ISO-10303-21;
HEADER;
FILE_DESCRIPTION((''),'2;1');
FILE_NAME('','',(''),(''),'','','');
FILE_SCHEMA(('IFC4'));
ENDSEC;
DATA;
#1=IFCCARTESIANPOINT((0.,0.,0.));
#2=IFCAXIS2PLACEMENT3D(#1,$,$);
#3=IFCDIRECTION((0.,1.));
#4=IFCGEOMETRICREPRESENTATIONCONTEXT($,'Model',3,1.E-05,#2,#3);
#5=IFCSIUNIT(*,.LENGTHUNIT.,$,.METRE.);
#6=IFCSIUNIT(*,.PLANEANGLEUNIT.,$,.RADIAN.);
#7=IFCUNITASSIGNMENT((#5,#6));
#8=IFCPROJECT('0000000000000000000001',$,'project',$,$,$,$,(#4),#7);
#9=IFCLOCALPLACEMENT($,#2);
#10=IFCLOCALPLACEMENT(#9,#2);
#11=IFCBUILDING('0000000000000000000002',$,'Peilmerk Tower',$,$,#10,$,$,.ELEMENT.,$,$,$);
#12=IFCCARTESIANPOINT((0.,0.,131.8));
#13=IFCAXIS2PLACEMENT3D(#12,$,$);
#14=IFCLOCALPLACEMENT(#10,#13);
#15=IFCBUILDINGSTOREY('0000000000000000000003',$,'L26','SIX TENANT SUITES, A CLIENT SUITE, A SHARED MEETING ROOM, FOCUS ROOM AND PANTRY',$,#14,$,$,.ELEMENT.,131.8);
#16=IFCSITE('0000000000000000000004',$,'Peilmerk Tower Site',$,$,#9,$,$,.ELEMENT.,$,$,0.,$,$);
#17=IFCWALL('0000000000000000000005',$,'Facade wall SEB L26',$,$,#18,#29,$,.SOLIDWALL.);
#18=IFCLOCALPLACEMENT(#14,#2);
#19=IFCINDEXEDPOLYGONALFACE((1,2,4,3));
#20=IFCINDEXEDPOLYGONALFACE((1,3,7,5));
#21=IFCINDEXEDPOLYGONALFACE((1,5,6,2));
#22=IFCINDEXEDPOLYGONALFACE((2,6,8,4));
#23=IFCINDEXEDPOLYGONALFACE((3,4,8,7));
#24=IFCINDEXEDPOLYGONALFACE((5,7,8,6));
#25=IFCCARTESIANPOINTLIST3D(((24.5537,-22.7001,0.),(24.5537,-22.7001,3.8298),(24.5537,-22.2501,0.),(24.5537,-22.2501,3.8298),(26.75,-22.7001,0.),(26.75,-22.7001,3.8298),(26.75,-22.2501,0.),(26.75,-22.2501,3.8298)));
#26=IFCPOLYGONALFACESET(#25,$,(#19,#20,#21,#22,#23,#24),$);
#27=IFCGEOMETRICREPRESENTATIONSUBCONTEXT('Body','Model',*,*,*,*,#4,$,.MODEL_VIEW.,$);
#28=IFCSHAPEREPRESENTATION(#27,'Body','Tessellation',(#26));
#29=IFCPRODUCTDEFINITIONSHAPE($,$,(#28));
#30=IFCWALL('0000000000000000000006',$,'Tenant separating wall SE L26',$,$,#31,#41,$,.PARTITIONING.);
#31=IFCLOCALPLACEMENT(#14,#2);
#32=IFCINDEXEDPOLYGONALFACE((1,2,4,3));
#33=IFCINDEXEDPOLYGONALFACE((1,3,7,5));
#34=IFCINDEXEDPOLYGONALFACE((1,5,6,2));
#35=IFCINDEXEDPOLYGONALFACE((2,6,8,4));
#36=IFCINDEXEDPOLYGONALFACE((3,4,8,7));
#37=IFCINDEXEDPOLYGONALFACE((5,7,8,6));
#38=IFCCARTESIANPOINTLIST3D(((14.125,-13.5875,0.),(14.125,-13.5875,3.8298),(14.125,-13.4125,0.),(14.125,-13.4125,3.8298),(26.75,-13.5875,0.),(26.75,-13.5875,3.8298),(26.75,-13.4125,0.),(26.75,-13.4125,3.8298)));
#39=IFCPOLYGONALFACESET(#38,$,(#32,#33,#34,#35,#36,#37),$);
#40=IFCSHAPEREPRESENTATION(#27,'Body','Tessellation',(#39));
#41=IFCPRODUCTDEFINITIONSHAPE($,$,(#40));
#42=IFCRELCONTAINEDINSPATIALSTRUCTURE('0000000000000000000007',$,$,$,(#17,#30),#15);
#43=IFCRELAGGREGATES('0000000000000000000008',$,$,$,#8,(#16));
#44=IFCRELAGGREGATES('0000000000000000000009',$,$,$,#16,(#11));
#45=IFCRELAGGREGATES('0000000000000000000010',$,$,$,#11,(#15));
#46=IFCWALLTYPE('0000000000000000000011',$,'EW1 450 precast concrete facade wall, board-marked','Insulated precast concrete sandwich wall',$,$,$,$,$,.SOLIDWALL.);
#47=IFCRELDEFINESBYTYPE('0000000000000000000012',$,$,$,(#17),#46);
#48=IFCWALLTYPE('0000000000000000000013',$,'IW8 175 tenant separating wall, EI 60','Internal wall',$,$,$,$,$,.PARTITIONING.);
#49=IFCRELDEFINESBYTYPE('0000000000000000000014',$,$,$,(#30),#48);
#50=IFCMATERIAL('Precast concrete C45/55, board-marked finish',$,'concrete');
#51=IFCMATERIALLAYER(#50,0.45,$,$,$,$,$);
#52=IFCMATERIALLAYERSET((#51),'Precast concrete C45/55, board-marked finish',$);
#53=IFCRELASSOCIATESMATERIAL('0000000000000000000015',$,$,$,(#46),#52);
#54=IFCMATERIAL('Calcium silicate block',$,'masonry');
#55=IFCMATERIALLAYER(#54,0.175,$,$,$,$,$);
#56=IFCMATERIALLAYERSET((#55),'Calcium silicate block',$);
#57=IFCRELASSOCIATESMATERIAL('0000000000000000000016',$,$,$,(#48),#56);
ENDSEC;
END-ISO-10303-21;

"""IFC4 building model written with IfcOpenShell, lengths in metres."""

from ifc_helpers import new_model, si_unit, direction, frame, frame_2d, origin, place, context, subcontext, project, spatial, rectangle, extrude, material, layer, layer_set, type_object, element, save


model = new_model("IFC4")

# Units and contexts
model_context = context("Model", 3, precision=1e-05, world=origin(), true_north=direction((0.0, 1.0)))
body_context = subcontext(model_context, "Body", "Model", "MODEL_VIEW")
ifc_project = project(units=[si_unit("LENGTHUNIT", "METRE"), si_unit("PLANEANGLEUNIT", "RADIAN")], contexts=[model_context])

# Site, building, storey
site_placement = place(None, origin())
site = spatial("IfcSite", under=ifc_project, at=site_placement, Name="Peilmerk Tower Site", CompositionType="ELEMENT", RefElevation=0.0)
building_placement = place(site_placement, origin())
building = spatial("IfcBuilding", under=site, at=building_placement, Name="Peilmerk Tower", CompositionType="ELEMENT")
storey_placement = place(building_placement, frame((0.0, 0.0, 131.8)))
storey = spatial("IfcBuildingStorey", under=building, at=storey_placement, Name="L26", Description="SIX TENANT SUITES, A CLIENT SUITE, A SHARED MEETING ROOM, FOCUS ROOM AND PANTRY", CompositionType="ELEMENT", Elevation=131.8)

# Walls
ifc_material_1 = material(Name="Precast concrete C45/55, board-marked finish", Category="concrete")
ifc_layer_1 = layer(ifc_material_1, 0.45)
ifc_layer_set_1 = layer_set([ifc_layer_1], Name="Precast concrete C45/55, board-marked finish")
wall_type_1 = type_object("IfcWallType", Name="EW1 450 precast concrete facade wall, board-marked", Description="Insulated precast concrete sandwich wall", PredefinedType="SOLIDWALL", material=ifc_layer_set_1)
wall_1_placement = place(storey_placement, frame((24.5537, -22.4751, 0.0), z_axis=(0.0, 0.0, 1.0), x_axis=(1.0, 0.0, 0.0)))
element("IfcWall", 1, at=wall_1_placement, inside=storey, type_object=wall_type_1, Name="Facade wall SEB L26", PredefinedType="SOLIDWALL", context=body_context, shape_type="SweptSolid", body=[
    extrude(rectangle(XDim=2.1963, YDim=0.45, at=frame_2d((1.0981, 0.0))), origin(), (0.0, 0.0, 1.0), 3.8298),
])
ifc_material_2 = material(Name="Calcium silicate block", Category="masonry")
ifc_layer_2 = layer(ifc_material_2, 0.175)
ifc_layer_set_2 = layer_set([ifc_layer_2], Name="Calcium silicate block")
wall_type_2 = type_object("IfcWallType", Name="IW8 175 tenant separating wall, EI 60", Description="Internal wall", PredefinedType="PARTITIONING", material=ifc_layer_set_2)
wall_2_placement = place(storey_placement, frame((26.75, -13.5, 0.0), z_axis=(0.0, 0.0, 1.0), x_axis=(-1.0, 0.0, 0.0)))
element("IfcWall", 2, at=wall_2_placement, inside=storey, type_object=wall_type_2, Name="Tenant separating wall SE L26", PredefinedType="PARTITIONING", context=body_context, shape_type="SweptSolid", body=[
    extrude(rectangle(XDim=12.625, YDim=0.175, at=frame_2d((6.3125, 0.0))), origin(), (0.0, 0.0, 1.0), 3.8298),
])

save(model, "model.ifc")
